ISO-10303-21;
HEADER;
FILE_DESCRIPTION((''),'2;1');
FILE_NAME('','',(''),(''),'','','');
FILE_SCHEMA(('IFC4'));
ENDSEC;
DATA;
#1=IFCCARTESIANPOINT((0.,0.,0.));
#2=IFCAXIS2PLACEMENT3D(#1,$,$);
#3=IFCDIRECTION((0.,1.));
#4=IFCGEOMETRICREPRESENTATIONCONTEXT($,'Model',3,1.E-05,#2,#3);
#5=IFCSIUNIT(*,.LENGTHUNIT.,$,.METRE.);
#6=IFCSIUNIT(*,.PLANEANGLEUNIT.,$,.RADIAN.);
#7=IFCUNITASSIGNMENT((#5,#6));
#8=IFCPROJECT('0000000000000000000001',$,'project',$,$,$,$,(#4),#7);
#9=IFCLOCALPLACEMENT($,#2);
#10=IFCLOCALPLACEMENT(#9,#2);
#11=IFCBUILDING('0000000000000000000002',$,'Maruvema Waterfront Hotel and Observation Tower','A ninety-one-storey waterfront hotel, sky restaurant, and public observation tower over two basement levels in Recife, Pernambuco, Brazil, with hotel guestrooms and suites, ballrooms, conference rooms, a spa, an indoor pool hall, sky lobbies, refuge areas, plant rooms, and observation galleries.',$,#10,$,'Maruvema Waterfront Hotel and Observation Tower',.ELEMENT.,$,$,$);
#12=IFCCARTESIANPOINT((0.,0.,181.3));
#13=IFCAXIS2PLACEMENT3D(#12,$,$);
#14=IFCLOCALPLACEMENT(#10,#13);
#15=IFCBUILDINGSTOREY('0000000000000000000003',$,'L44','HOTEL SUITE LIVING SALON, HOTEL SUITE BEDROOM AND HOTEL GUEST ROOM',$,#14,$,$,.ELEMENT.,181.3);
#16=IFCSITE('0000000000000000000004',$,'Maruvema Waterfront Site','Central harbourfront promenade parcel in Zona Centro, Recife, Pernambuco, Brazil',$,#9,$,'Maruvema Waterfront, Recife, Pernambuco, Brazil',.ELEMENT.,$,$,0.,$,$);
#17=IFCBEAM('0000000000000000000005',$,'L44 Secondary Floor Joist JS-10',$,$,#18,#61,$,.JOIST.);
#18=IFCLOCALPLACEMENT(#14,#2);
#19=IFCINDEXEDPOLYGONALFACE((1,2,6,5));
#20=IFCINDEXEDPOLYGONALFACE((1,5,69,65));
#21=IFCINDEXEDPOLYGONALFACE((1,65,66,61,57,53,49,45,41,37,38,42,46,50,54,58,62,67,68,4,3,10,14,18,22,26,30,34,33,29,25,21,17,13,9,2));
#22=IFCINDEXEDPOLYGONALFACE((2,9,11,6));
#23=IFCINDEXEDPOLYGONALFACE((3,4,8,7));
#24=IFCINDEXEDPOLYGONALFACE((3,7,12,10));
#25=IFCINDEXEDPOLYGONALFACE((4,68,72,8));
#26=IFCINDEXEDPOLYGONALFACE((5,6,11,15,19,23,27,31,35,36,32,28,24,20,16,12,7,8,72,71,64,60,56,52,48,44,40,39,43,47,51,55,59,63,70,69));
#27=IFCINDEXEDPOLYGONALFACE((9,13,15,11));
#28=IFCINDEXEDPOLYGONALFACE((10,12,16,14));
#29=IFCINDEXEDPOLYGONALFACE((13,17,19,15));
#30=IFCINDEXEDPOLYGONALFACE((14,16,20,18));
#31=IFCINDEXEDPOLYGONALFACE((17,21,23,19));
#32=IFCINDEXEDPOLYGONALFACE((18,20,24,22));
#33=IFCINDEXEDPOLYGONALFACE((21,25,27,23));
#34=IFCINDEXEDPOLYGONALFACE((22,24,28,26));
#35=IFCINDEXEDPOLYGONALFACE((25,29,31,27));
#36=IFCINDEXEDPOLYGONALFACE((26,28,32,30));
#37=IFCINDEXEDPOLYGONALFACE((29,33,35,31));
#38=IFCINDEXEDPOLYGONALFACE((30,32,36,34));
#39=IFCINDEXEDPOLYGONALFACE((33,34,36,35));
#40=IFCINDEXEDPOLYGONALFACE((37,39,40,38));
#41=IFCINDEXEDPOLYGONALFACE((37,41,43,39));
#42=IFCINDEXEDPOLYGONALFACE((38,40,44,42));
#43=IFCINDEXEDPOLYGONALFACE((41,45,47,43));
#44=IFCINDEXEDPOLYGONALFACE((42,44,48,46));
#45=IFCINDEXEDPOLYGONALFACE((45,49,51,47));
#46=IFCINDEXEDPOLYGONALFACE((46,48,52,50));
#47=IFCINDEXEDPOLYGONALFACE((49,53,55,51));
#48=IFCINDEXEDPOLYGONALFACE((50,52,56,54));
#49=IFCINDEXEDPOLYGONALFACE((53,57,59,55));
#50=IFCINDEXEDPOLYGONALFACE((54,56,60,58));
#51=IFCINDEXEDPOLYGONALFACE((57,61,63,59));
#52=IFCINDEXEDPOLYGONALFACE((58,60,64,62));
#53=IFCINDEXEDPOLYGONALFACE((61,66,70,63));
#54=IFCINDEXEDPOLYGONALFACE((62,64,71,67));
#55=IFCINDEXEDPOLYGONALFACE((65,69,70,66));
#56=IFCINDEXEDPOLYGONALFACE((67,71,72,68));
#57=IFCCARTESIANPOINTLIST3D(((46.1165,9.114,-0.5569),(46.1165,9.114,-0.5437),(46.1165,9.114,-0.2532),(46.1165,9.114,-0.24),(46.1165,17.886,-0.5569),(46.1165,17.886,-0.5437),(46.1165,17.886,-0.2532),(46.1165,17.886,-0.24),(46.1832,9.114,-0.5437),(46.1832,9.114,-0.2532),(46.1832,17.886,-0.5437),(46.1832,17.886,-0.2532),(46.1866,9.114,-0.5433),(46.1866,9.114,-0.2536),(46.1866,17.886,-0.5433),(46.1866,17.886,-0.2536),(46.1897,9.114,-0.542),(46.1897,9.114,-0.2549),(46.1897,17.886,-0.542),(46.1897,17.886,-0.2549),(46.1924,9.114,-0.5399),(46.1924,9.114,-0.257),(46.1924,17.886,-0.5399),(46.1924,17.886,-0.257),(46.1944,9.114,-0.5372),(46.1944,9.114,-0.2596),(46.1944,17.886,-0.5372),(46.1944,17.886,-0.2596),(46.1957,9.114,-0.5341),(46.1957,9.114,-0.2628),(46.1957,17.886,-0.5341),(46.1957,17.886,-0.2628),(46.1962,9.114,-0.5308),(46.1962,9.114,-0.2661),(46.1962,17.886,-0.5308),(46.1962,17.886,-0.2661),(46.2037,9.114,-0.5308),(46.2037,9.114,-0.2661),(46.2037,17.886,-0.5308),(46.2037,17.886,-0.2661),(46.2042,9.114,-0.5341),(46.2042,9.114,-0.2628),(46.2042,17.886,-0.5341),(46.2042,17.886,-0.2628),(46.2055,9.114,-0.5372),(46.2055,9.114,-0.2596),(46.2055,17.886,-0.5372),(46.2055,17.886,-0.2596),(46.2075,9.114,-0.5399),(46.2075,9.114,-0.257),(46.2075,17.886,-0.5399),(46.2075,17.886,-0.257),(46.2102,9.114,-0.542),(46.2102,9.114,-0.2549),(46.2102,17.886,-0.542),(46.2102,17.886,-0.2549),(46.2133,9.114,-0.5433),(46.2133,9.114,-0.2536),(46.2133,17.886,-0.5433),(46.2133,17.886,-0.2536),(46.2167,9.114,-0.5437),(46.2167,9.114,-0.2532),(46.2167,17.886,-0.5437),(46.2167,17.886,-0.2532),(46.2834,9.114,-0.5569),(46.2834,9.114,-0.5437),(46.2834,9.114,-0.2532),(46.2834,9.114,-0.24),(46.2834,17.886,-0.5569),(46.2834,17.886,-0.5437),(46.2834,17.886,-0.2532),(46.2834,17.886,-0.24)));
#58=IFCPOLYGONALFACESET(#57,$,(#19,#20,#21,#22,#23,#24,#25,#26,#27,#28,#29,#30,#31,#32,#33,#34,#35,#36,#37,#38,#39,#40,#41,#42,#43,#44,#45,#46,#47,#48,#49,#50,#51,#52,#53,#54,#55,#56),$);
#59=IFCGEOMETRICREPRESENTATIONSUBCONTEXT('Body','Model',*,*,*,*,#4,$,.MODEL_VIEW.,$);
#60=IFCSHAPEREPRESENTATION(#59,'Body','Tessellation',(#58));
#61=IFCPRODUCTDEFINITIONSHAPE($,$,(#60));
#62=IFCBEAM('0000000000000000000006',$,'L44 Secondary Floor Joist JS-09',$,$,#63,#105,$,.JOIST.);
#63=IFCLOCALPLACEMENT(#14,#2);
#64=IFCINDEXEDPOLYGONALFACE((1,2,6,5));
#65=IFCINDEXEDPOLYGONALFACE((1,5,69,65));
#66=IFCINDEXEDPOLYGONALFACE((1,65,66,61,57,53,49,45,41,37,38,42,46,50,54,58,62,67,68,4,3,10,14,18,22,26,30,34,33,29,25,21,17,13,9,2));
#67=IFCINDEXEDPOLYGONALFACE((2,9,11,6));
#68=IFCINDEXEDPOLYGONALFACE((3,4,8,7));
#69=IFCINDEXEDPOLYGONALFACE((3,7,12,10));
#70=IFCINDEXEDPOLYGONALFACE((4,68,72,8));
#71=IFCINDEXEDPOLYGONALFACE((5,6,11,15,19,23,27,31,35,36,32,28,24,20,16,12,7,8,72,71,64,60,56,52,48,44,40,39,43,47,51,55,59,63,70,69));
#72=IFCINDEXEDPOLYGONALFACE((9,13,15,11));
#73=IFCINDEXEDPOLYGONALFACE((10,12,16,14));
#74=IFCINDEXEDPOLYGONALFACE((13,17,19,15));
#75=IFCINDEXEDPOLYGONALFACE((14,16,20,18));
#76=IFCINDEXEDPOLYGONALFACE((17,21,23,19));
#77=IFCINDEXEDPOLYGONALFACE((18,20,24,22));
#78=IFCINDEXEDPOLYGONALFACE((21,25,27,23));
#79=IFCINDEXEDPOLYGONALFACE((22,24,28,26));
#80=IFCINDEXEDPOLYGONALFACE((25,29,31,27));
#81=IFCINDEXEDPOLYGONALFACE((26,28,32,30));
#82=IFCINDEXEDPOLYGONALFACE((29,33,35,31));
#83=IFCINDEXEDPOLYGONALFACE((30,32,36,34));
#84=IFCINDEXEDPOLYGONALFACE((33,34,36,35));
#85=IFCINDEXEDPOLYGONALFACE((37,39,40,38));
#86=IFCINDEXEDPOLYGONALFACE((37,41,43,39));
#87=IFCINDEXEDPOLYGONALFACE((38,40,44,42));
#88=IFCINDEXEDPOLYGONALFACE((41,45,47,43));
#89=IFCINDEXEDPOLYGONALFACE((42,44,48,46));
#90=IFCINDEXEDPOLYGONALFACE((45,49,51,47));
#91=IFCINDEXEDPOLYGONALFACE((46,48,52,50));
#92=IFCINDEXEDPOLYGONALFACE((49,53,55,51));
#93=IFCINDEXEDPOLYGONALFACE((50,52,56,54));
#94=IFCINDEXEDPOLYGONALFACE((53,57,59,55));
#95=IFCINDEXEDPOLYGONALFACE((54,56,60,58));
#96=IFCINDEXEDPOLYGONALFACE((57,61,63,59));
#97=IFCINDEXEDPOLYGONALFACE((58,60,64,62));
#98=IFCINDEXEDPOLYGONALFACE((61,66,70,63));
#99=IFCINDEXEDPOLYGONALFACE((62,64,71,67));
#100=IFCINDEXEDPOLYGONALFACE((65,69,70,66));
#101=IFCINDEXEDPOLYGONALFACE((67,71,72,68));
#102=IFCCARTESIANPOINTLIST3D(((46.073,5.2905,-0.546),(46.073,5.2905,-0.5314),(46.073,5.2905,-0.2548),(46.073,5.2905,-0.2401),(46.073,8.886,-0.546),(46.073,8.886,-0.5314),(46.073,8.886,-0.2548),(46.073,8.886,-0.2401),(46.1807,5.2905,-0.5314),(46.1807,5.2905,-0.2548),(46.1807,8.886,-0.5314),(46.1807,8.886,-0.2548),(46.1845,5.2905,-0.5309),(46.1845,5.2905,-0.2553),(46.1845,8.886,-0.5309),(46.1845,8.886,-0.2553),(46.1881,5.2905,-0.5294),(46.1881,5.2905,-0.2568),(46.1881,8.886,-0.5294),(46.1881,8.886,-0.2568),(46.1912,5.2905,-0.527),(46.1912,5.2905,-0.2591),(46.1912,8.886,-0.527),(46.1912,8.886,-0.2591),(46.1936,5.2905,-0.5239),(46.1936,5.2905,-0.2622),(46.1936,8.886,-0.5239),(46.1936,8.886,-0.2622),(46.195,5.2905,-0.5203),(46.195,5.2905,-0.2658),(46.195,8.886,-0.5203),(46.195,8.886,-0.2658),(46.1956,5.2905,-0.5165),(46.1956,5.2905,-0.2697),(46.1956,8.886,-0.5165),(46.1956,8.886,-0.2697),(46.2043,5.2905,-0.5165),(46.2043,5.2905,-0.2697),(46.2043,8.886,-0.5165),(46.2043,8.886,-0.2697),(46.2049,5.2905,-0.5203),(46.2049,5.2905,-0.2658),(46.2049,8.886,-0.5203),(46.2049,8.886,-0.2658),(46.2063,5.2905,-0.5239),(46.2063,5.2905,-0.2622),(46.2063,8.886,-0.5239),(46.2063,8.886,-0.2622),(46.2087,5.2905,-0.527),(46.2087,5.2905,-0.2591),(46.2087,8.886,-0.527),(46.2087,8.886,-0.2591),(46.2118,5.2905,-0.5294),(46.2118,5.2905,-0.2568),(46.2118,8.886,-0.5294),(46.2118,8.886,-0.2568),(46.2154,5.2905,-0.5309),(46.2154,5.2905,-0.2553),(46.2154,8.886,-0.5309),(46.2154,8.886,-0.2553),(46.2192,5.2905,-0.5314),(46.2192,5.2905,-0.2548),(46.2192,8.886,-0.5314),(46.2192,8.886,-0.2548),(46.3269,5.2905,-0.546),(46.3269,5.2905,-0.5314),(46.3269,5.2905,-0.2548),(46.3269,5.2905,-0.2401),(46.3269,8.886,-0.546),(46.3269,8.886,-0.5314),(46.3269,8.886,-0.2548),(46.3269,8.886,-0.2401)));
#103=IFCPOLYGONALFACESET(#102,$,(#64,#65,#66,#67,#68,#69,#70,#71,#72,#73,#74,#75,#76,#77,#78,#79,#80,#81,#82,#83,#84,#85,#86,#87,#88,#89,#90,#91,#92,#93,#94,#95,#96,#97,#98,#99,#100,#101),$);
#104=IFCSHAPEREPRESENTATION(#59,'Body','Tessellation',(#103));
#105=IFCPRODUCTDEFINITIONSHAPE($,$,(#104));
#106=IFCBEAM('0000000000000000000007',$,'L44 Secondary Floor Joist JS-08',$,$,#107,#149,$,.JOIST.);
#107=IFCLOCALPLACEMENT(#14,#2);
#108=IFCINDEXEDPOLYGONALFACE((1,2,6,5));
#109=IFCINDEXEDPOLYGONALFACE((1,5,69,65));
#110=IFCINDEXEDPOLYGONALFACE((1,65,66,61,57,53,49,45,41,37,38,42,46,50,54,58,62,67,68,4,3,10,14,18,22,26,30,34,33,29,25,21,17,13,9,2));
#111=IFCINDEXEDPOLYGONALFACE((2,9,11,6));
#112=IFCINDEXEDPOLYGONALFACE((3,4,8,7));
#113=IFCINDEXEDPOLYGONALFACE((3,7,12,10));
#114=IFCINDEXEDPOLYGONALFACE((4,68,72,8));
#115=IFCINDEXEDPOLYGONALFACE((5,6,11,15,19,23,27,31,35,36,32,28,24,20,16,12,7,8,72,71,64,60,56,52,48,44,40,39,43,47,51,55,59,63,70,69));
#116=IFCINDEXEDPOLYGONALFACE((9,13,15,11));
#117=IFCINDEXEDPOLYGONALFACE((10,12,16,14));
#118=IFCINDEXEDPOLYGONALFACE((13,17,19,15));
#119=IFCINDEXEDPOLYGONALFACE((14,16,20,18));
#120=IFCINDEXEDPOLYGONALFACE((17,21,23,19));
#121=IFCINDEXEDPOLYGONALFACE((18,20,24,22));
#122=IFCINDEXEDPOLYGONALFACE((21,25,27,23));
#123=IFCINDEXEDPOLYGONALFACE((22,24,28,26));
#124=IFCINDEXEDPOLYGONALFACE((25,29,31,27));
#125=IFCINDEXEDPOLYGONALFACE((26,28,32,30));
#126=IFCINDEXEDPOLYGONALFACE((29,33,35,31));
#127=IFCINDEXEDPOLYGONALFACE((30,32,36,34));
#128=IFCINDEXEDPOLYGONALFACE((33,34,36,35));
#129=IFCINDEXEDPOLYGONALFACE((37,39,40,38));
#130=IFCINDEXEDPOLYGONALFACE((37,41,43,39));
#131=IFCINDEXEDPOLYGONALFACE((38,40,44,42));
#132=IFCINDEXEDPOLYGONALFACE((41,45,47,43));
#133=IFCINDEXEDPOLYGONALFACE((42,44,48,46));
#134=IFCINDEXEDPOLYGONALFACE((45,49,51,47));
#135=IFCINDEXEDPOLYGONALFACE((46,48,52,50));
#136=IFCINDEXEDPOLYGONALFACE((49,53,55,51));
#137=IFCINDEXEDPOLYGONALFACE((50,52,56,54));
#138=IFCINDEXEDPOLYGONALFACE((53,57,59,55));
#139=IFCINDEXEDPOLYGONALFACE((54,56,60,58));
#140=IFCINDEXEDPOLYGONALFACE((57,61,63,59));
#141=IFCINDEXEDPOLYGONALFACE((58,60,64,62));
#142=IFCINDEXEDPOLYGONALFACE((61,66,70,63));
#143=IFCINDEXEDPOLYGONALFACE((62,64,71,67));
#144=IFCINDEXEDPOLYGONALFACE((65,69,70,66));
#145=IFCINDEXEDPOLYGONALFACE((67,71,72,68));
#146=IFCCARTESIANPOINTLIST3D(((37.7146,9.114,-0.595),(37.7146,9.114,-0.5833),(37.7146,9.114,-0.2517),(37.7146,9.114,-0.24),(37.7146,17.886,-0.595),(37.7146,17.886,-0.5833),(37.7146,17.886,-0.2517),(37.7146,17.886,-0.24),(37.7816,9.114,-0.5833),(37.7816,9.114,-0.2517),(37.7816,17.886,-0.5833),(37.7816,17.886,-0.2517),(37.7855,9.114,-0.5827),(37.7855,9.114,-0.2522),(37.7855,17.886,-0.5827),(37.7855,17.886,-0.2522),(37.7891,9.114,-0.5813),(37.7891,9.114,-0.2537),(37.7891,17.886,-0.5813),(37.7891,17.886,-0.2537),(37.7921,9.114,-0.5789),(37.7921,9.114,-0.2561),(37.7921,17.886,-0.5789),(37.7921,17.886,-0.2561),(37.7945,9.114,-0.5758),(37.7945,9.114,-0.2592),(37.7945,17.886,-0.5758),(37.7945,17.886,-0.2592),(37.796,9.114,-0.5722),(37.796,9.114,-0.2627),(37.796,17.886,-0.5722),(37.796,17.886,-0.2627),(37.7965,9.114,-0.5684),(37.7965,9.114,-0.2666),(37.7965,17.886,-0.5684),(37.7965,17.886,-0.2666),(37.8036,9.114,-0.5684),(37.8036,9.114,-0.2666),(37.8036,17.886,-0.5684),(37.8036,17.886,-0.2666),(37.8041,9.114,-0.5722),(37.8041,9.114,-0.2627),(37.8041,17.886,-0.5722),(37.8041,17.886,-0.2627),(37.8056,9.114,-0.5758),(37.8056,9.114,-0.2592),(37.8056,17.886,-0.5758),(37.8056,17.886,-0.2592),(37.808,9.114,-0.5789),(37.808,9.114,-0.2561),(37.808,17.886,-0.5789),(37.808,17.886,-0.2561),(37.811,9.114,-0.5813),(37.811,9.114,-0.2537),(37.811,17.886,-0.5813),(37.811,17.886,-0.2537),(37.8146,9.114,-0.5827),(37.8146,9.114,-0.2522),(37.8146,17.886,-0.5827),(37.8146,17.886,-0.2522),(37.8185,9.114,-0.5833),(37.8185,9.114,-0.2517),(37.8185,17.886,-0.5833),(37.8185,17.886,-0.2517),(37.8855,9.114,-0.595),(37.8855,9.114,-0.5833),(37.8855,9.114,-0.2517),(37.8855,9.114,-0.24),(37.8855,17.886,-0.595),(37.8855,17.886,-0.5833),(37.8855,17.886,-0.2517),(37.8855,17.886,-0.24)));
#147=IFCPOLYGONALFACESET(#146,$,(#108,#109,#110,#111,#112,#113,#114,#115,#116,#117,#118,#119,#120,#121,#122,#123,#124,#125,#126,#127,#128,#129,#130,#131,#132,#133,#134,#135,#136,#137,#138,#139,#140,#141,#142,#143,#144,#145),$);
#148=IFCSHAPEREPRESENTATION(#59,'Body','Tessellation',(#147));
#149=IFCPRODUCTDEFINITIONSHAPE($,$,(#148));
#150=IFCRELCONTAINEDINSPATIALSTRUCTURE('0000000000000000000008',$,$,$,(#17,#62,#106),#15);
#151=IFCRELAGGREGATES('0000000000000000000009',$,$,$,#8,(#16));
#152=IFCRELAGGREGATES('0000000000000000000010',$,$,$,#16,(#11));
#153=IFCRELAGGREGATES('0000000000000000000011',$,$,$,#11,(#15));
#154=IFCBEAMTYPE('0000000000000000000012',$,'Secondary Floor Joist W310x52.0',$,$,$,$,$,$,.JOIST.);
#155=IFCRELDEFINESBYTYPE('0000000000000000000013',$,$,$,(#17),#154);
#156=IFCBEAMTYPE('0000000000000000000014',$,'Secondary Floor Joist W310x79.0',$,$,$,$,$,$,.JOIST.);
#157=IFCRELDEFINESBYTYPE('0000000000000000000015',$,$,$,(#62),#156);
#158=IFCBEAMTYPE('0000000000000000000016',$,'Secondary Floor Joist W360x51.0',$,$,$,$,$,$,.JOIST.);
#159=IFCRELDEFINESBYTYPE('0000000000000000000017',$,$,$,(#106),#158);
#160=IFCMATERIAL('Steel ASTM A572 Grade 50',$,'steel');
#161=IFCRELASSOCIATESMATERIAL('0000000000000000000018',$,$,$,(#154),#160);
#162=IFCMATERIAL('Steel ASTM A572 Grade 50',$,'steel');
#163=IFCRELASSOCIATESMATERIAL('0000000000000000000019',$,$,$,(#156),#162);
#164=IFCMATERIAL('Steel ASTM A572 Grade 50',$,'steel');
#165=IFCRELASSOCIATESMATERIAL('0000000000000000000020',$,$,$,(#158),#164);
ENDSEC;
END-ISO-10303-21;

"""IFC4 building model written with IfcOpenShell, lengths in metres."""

from ifc_helpers import new_model, si_unit, direction, frame, origin, origin_2d, place, context, subcontext, project, spatial, i_section, extrude, material, material_profile, profile_set, type_object, element, save


model = new_model("IFC4")

# Units and contexts
model_context = context("Model", 3, precision=1e-05, world=origin(), true_north=direction((0.0, 1.0)))
body_context = subcontext(model_context, "Body", "Model", "MODEL_VIEW")
ifc_project = project(units=[si_unit("LENGTHUNIT", "METRE"), si_unit("PLANEANGLEUNIT", "RADIAN")], contexts=[model_context])

# Site, building, storey
site_placement = place(None, origin())
site = spatial("IfcSite", under=ifc_project, at=site_placement, Name="Maruvema Waterfront Site", Description="Central harbourfront promenade parcel in Zona Centro, Recife, Pernambuco, Brazil", LongName="Maruvema Waterfront, Recife, Pernambuco, Brazil", CompositionType="ELEMENT", RefElevation=0.0)
building_placement = place(site_placement, origin())
building = spatial("IfcBuilding", under=site, at=building_placement, Name="Maruvema Waterfront Hotel and Observation Tower", Description="A ninety-one-storey waterfront hotel, sky restaurant, and public observation tower over two basement levels in Recife, Pernambuco, Brazil, with hotel guestrooms and suites, ballrooms, conference rooms, a spa, an indoor pool hall, sky lobbies, refuge areas, plant rooms, and observation galleries.", LongName="Maruvema Waterfront Hotel and Observation Tower", CompositionType="ELEMENT")
storey_placement = place(building_placement, frame((0.0, 0.0, 181.3)))
storey = spatial("IfcBuildingStorey", under=building, at=storey_placement, Name="L44", Description="HOTEL SUITE LIVING SALON, HOTEL SUITE BEDROOM AND HOTEL GUEST ROOM", CompositionType="ELEMENT", Elevation=181.3)

# Beams
ifc_material_1 = material(Name="Steel ASTM A572 Grade 50", Category="steel")
ifc_material_profile_1 = material_profile(ifc_material_1, i_section(OverallWidth=0.167, OverallDepth=0.3169, WebThickness=0.0076, FlangeThickness=0.0132, FilletRadius=0.0129, at=origin_2d()), Name="W310x52.0")
ifc_profile_set_1 = profile_set([ifc_material_profile_1], Name="Steel ASTM A572 Grade 50")
beam_type_1 = type_object("IfcBeamType", Name="Secondary Floor Joist W310x52.0", PredefinedType="JOIST", material=ifc_profile_set_1)
beam_1_placement = place(storey_placement, frame((46.2, 9.114, -0.3984), z_axis=(0.0, 1.0, 0.0), x_axis=(-1.0, 0.0, 0.0)))
element("IfcBeam", 1, at=beam_1_placement, inside=storey, type_object=beam_type_1, Name="L44 Secondary Floor Joist JS-10", PredefinedType="JOIST", context=body_context, shape_type="SweptSolid", body=[
    extrude(i_section(OverallWidth=0.167, OverallDepth=0.3169, WebThickness=0.0076, FlangeThickness=0.0132, FilletRadius=0.0129, at=origin_2d()), origin(), (0.0, 0.0, 1.0), 8.772),
])
ifc_material_2 = material(Name="Steel ASTM A572 Grade 50", Category="steel")
ifc_material_profile_2 = material_profile(ifc_material_2, i_section(OverallWidth=0.2539, OverallDepth=0.3059, WebThickness=0.0088, FlangeThickness=0.0146, FilletRadius=0.0149, at=origin_2d()), Name="W310x79.0")
ifc_profile_set_2 = profile_set([ifc_material_profile_2], Name="Steel ASTM A572 Grade 50")
beam_type_2 = type_object("IfcBeamType", Name="Secondary Floor Joist W310x79.0", PredefinedType="JOIST", material=ifc_profile_set_2)
beam_2_placement = place(storey_placement, frame((46.2, 5.2905, -0.3931), z_axis=(0.0, 1.0, 0.0), x_axis=(-1.0, 0.0, 0.0)))
element("IfcBeam", 2, at=beam_2_placement, inside=storey, type_object=beam_type_2, Name="L44 Secondary Floor Joist JS-09", PredefinedType="JOIST", context=body_context, shape_type="SweptSolid", body=[
    extrude(i_section(OverallWidth=0.2539, OverallDepth=0.3059, WebThickness=0.0088, FlangeThickness=0.0146, FilletRadius=0.0149, at=origin_2d()), origin(), (0.0, 0.0, 1.0), 3.5955),
])
ifc_material_3 = material(Name="Steel ASTM A572 Grade 50", Category="steel")
ifc_material_profile_3 = material_profile(ifc_material_3, i_section(OverallWidth=0.1709, OverallDepth=0.355, WebThickness=0.0071, FlangeThickness=0.0117, FilletRadius=0.0149, at=origin_2d()), Name="W360x51.0")
ifc_profile_set_3 = profile_set([ifc_material_profile_3], Name="Steel ASTM A572 Grade 50")
beam_type_3 = type_object("IfcBeamType", Name="Secondary Floor Joist W360x51.0", PredefinedType="JOIST", material=ifc_profile_set_3)
beam_3_placement = place(storey_placement, frame((37.8, 9.114, -0.4175), z_axis=(0.0, 1.0, 0.0), x_axis=(-1.0, 0.0, 0.0)))
element("IfcBeam", 3, at=beam_3_placement, inside=storey, type_object=beam_type_3, Name="L44 Secondary Floor Joist JS-08", PredefinedType="JOIST", context=body_context, shape_type="SweptSolid", body=[
    extrude(i_section(OverallWidth=0.1709, OverallDepth=0.355, WebThickness=0.0071, FlangeThickness=0.0117, FilletRadius=0.0149, at=origin_2d()), origin(), (0.0, 0.0, 1.0), 8.772),
])

save(model, "model.ifc")
